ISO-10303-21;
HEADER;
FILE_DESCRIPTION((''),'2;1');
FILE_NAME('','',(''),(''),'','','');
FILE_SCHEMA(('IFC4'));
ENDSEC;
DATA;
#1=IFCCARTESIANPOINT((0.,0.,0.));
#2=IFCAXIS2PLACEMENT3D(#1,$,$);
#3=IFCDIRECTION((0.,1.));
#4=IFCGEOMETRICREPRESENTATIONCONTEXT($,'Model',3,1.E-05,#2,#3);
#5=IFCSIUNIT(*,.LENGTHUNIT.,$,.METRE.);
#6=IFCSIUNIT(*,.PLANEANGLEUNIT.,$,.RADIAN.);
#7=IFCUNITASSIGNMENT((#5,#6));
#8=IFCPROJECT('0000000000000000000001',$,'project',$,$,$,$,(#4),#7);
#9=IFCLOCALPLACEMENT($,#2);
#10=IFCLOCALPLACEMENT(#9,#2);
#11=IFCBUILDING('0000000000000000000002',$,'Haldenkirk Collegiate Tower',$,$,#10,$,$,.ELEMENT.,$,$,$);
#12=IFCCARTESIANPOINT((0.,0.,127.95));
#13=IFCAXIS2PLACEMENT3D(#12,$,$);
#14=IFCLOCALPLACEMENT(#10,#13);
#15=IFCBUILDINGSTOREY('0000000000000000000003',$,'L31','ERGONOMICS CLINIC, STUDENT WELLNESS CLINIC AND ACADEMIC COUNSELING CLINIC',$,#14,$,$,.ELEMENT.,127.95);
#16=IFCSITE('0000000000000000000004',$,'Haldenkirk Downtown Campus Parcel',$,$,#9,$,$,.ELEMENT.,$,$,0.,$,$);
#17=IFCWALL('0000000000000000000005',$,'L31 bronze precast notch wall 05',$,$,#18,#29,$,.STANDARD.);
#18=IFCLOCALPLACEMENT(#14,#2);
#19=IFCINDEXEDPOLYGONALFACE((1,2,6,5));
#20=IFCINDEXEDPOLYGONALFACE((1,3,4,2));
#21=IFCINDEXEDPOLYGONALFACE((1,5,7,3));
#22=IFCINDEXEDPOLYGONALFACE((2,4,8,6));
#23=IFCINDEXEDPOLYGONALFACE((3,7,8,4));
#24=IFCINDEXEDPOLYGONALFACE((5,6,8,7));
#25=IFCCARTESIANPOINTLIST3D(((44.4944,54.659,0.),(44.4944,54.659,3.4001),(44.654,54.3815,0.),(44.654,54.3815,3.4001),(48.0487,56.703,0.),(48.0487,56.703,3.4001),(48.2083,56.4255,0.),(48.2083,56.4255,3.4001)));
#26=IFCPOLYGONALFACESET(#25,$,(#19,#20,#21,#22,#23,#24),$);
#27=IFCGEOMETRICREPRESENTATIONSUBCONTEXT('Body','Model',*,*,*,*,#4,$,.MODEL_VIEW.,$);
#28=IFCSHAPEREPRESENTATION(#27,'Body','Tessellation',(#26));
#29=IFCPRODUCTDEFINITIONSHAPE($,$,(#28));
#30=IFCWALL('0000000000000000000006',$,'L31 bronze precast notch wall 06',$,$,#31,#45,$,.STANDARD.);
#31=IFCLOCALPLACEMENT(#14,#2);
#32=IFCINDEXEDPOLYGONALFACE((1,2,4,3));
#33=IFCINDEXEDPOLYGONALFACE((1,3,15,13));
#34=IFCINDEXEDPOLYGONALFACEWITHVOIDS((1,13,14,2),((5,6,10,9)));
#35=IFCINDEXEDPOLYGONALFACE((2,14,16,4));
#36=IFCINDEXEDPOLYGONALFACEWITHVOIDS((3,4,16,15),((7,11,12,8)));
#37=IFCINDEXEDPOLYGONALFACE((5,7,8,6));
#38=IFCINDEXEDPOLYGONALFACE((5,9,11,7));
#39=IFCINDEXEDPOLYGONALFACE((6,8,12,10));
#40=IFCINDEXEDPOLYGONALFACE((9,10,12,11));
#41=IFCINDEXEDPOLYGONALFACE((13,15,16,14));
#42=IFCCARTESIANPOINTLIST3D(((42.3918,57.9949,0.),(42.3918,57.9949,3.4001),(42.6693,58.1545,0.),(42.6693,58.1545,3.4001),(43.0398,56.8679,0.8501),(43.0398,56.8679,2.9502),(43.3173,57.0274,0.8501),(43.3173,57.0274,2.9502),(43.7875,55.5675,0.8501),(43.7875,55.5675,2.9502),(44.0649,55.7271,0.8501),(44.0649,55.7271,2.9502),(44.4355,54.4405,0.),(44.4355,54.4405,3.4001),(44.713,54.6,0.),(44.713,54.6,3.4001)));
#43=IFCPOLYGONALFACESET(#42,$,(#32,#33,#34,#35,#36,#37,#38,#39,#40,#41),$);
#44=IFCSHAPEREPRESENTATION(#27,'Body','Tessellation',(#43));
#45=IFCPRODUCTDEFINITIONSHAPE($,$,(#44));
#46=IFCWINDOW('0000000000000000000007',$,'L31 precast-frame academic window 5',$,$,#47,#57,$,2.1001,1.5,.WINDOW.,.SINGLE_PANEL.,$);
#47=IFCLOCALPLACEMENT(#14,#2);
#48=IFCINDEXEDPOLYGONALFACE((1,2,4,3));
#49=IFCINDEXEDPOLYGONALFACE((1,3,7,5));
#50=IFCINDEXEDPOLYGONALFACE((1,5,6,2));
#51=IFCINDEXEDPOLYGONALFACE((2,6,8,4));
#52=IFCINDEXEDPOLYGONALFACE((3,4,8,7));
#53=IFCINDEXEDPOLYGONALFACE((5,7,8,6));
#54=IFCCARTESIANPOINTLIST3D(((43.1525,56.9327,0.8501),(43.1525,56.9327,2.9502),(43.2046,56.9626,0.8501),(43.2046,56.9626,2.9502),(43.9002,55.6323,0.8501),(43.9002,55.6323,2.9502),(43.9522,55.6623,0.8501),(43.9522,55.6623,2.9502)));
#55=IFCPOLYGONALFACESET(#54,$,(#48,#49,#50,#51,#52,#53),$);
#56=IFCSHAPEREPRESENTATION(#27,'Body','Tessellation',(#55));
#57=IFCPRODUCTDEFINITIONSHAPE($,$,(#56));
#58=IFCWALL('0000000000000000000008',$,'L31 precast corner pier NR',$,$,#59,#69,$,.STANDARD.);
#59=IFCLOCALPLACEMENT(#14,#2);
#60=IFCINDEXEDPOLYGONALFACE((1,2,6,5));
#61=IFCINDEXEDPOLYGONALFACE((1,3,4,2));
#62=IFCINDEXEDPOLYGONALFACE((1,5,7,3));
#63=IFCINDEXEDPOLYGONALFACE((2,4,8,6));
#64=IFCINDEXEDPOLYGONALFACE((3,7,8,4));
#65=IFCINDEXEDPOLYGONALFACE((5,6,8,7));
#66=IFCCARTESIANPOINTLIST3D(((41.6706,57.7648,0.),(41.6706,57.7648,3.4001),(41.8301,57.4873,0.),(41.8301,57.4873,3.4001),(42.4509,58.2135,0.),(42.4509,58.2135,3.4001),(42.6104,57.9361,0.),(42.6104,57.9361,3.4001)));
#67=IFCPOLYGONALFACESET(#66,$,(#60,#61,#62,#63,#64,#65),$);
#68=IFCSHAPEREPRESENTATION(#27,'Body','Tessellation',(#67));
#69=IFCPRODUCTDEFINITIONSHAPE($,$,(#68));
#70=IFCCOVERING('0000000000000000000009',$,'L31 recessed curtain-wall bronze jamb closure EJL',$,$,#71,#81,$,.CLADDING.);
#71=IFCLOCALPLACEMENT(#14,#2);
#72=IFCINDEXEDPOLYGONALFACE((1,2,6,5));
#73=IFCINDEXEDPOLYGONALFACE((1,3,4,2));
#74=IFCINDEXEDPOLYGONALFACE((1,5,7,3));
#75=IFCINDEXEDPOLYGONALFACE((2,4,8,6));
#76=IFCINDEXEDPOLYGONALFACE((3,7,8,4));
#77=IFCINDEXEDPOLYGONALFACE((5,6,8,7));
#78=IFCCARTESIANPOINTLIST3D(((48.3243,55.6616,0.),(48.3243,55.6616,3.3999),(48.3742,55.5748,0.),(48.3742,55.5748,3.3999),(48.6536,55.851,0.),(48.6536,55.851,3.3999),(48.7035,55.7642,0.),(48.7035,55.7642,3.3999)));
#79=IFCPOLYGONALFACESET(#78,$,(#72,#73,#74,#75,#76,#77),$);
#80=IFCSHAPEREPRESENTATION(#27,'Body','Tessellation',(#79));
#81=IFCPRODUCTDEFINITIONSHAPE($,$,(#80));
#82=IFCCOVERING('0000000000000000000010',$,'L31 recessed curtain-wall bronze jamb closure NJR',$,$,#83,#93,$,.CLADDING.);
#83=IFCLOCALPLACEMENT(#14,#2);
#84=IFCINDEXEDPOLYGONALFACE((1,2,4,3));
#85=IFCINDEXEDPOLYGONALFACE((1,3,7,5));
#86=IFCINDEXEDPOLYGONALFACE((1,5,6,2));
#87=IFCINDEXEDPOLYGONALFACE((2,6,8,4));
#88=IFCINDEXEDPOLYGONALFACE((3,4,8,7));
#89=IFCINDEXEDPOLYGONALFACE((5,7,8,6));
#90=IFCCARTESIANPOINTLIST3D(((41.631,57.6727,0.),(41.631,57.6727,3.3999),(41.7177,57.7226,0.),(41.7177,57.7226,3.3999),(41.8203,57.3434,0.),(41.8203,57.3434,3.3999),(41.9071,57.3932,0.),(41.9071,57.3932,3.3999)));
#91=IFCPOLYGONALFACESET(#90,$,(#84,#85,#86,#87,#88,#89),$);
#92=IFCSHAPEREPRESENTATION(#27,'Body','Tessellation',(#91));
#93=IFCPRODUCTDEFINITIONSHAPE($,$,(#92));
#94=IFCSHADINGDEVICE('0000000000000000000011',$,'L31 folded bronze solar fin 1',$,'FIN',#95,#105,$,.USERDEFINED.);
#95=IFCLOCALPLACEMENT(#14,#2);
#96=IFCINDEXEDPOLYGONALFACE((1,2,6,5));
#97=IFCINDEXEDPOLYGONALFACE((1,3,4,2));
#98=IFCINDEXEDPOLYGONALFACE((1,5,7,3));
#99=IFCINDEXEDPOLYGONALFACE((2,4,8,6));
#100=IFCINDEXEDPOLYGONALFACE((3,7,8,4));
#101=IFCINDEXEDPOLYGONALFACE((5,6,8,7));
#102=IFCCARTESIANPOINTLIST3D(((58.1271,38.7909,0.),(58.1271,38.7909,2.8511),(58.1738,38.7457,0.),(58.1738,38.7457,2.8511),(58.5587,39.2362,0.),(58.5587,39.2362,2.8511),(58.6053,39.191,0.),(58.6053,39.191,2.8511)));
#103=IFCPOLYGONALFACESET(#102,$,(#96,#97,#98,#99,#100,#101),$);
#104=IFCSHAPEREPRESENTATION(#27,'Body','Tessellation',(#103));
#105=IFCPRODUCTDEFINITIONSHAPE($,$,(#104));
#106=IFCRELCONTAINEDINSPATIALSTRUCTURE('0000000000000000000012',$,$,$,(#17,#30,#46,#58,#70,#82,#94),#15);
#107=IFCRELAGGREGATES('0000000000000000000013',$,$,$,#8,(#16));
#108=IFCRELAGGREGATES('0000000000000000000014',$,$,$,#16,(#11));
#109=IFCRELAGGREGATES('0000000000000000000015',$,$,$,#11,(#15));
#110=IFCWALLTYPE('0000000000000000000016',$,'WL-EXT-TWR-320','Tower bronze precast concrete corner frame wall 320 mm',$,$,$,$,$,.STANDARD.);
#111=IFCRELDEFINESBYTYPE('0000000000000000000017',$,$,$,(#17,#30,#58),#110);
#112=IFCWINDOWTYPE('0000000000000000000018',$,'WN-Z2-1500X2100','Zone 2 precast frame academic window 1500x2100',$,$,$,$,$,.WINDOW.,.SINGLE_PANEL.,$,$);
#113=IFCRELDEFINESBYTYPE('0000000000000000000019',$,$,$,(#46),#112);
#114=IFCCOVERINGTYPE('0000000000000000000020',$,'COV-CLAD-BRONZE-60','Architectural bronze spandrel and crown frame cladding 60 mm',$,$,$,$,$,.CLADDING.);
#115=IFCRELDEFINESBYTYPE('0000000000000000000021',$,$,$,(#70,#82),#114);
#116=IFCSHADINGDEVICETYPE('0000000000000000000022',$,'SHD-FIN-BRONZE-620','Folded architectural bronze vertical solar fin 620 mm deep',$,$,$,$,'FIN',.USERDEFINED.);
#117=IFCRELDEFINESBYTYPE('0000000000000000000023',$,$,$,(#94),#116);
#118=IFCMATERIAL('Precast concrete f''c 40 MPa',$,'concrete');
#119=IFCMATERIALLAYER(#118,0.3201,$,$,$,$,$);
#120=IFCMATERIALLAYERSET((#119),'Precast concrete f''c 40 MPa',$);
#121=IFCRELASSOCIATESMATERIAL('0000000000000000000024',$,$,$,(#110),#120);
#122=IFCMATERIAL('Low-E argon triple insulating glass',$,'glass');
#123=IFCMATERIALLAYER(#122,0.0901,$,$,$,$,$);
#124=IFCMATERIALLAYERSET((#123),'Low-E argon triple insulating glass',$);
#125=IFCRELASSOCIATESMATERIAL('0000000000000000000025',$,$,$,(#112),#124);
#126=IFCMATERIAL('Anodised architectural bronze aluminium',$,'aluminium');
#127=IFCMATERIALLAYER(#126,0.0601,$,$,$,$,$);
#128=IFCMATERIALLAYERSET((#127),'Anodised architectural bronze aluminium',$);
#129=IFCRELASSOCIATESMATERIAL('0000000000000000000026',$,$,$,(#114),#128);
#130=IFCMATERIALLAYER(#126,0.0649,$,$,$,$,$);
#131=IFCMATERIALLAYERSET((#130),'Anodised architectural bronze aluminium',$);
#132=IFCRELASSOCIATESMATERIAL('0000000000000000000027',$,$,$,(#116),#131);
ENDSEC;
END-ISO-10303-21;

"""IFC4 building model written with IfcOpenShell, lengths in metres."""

from ifc_helpers import new_model, si_unit, direction, frame, frame_2d, origin, origin_2d, place, context, subcontext, project, spatial, rectangle, extrude, source, transform, mapped, material, layer, layer_set, type_object, element, fill, save


model = new_model("IFC4")

# Units and contexts
model_context = context("Model", 3, precision=1e-05, world=origin(), true_north=direction((0.0, 1.0)))
body_context = subcontext(model_context, "Body", "Model", "MODEL_VIEW")
ifc_project = project(units=[si_unit("LENGTHUNIT", "METRE"), si_unit("PLANEANGLEUNIT", "RADIAN")], contexts=[model_context])

# Site, building, storey
site_placement = place(None, origin())
site = spatial("IfcSite", under=ifc_project, at=site_placement, Name="Haldenkirk Downtown Campus Parcel", CompositionType="ELEMENT", RefElevation=0.0)
building_placement = place(site_placement, origin())
building = spatial("IfcBuilding", under=site, at=building_placement, Name="Haldenkirk Collegiate Tower", CompositionType="ELEMENT")
storey_placement = place(building_placement, frame((0.0, 0.0, 127.95)))
storey = spatial("IfcBuildingStorey", under=building, at=storey_placement, Name="L31", Description="ERGONOMICS CLINIC, STUDENT WELLNESS CLINIC AND ACADEMIC COUNSELING CLINIC", CompositionType="ELEMENT", Elevation=127.95)

# Shared definitions
ifc_material_1 = material(Name="Anodised architectural bronze aluminium", Category="aluminium")

# Shared definitions
ifc_material_2 = material(Name="Low-E argon triple insulating glass", Category="glass")

# Wall
ifc_material_3 = material(Name="Precast concrete f'c 40 MPa", Category="concrete")
ifc_layer_1 = layer(ifc_material_3, 0.3201)
ifc_layer_set_1 = layer_set([ifc_layer_1], Name="Precast concrete f'c 40 MPa")
wall_type = type_object("IfcWallType", Name="WL-EXT-TWR-320", Description="Tower bronze precast concrete corner frame wall 320 mm", PredefinedType="STANDARD", material=ifc_layer_set_1)
wall_1_placement = place(storey_placement, frame((44.5742, 54.5203, 0.0), z_axis=(0.0, 0.0, 1.0), x_axis=(0.866877, 0.498523, 0.0)))
element("IfcWall", 1, at=wall_1_placement, inside=storey, type_object=wall_type, Name="L31 bronze precast notch wall 05", PredefinedType="STANDARD", context=body_context, shape_type="SweptSolid", body=[
    extrude(rectangle(XDim=4.1001, YDim=0.3201, at=frame_2d((2.05, 0.0))), origin(), (0.0, 0.0, 1.0), 3.4001),
])

# Wall, opening, window
wall_2_placement = place(storey_placement, frame((42.5305, 58.0747, 0.0), z_axis=(0.0, 0.0, 1.0), x_axis=(0.498452, -0.866917, 0.0)))
wall_2 = element("IfcWall", 2, at=wall_2_placement, inside=storey, type_object=wall_type, Name="L31 bronze precast notch wall 06", PredefinedType="STANDARD", context=body_context, shape_type="SweptSolid", body=[
    extrude(rectangle(XDim=4.1001, YDim=0.3201, at=frame_2d((2.05, 0.0))), origin(), (0.0, 0.0, 1.0), 3.4001),
])
opening_placement = place(wall_2_placement, frame((1.3, 0.0, 0.8501)))
opening = element("IfcOpeningElement", 3, at=opening_placement, cuts=wall_2, PredefinedType="OPENING", context=body_context, shape_type="SweptSolid", body=[
    extrude(rectangle(XDim=1.5, YDim=2.1001, at=frame_2d((0.75, 1.05))), frame((0.0, 0.1699, 0.0), z_axis=(0.0, -1.0, 0.0), x_axis=(1.0, 0.0, 0.0)), (0.0, 0.0, 1.0), 0.3401),
])
ifc_layer_2 = layer(ifc_material_2, 0.0901)
ifc_layer_set_2 = layer_set([ifc_layer_2], Name="Low-E argon triple insulating glass")
window_type = type_object("IfcWindowType", Name="WN-Z2-1500X2100", Description="Zone 2 precast frame academic window 1500x2100", PartitioningType="SINGLE_PANEL", PredefinedType="WINDOW", material=ifc_layer_set_2)
window_placement = place(opening_placement, origin())
window = element("IfcWindow", 4, at=window_placement, inside=storey, type_object=window_type, Name="L31 precast-frame academic window 5", OverallHeight=2.1001, OverallWidth=1.5, PartitioningType="SINGLE_PANEL", PredefinedType="WINDOW", context=body_context, shape_type="SweptSolid", body=[
    extrude(rectangle(XDim=1.5, YDim=2.1001, at=frame_2d((0.75, 1.05))), frame((0.0, 0.03, 0.0), z_axis=(0.0, -1.0, 0.0), x_axis=(1.0, 0.0, 0.0)), (0.0, 0.0, 1.0), 0.0601),
])
fill(opening, window)

# Wall
wall_3_placement = place(storey_placement, frame((41.7502, 57.626, 0.0), z_axis=(0.0, 0.0, 1.0), x_axis=(0.866871, 0.498532, 0.0)))
element("IfcWall", 5, at=wall_3_placement, inside=storey, type_object=wall_type, Name="L31 precast corner pier NR", PredefinedType="STANDARD", context=body_context, shape_type="SweptSolid", body=[
    extrude(rectangle(XDim=0.9001, YDim=0.3201, at=frame_2d((0.4502, 0.0))), origin(), (0.0, 0.0, 1.0), 3.4001),
])

# Coverings
ifc_layer_3 = layer(ifc_material_1, 0.0601)
ifc_layer_set_3 = layer_set([ifc_layer_3], Name="Anodised architectural bronze aluminium")
covering_type = type_object("IfcCoveringType", Name="COV-CLAD-BRONZE-60", Description="Architectural bronze spandrel and crown frame cladding 60 mm", PredefinedType="CLADDING", material=ifc_layer_set_3)
shared_shape_1 = source(origin(), body_context, "Body", "SweptSolid", [
    extrude(rectangle(XDim=0.1001, YDim=0.3799, at=origin_2d()), origin(), (0.0, 0.0, 1.0), 3.3999),
])
for number, where, z_axis, x_axis, name in (
    (6, (48.5139, 55.7129, 0.0), (0.0, 0.0, 1.0), (0.498488, -0.866897, 0.0), "L31 recessed curtain-wall bronze jamb closure EJL"),
    (7, (41.769, 57.533, 0.0), (0.0, 0.0, 1.0), (0.866897, 0.498488, 0.0), "L31 recessed curtain-wall bronze jamb closure NJR"),
):
    element("IfcCovering", number, at=place(storey_placement, frame(where, z_axis=z_axis, x_axis=x_axis)), inside=storey, type_object=covering_type, Name=name, PredefinedType="CLADDING", context=body_context, shape_type="MappedRepresentation", body=[
        mapped(shared_shape_1, transform((0.0, 0.0, 0.0), x_axis=(1.0, 0.0, 0.0), y_axis=(0.0, 1.0, 0.0), z_axis=(0.0, 0.0, 1.0), scale=1.0)),
    ])

# Shading device
ifc_layer_4 = layer(ifc_material_1, 0.0649)
ifc_layer_set_4 = layer_set([ifc_layer_4], Name="Anodised architectural bronze aluminium")
shading_device_type = type_object("IfcShadingDeviceType", Name="SHD-FIN-BRONZE-620", Description="Folded architectural bronze vertical solar fin 620 mm deep", ElementType="FIN", PredefinedType="USERDEFINED", material=ifc_layer_set_4)
shared_shape_2 = source(origin(), body_context, "Body", "SweptSolid", [
    extrude(rectangle(XDim=0.6201, YDim=0.0649, at=origin_2d()), origin(), (0.0, 0.0, 1.0), 2.8511),
])
shading_device_placement = place(storey_placement, frame((58.3662, 38.991, 0.0), z_axis=(0.0, 0.0, 1.0), x_axis=(0.695913, 0.718126, 0.0)))
element("IfcShadingDevice", 8, at=shading_device_placement, inside=storey, type_object=shading_device_type, Name="L31 folded bronze solar fin 1", ObjectType="FIN", PredefinedType="USERDEFINED", context=body_context, shape_type="MappedRepresentation", body=[
    mapped(shared_shape_2, transform((0.0, 0.0, 0.0), x_axis=(1.0, 0.0, 0.0), y_axis=(0.0, 1.0, 0.0), z_axis=(0.0, 0.0, 1.0), scale=1.0)),
])

save(model, "model.ifc")
